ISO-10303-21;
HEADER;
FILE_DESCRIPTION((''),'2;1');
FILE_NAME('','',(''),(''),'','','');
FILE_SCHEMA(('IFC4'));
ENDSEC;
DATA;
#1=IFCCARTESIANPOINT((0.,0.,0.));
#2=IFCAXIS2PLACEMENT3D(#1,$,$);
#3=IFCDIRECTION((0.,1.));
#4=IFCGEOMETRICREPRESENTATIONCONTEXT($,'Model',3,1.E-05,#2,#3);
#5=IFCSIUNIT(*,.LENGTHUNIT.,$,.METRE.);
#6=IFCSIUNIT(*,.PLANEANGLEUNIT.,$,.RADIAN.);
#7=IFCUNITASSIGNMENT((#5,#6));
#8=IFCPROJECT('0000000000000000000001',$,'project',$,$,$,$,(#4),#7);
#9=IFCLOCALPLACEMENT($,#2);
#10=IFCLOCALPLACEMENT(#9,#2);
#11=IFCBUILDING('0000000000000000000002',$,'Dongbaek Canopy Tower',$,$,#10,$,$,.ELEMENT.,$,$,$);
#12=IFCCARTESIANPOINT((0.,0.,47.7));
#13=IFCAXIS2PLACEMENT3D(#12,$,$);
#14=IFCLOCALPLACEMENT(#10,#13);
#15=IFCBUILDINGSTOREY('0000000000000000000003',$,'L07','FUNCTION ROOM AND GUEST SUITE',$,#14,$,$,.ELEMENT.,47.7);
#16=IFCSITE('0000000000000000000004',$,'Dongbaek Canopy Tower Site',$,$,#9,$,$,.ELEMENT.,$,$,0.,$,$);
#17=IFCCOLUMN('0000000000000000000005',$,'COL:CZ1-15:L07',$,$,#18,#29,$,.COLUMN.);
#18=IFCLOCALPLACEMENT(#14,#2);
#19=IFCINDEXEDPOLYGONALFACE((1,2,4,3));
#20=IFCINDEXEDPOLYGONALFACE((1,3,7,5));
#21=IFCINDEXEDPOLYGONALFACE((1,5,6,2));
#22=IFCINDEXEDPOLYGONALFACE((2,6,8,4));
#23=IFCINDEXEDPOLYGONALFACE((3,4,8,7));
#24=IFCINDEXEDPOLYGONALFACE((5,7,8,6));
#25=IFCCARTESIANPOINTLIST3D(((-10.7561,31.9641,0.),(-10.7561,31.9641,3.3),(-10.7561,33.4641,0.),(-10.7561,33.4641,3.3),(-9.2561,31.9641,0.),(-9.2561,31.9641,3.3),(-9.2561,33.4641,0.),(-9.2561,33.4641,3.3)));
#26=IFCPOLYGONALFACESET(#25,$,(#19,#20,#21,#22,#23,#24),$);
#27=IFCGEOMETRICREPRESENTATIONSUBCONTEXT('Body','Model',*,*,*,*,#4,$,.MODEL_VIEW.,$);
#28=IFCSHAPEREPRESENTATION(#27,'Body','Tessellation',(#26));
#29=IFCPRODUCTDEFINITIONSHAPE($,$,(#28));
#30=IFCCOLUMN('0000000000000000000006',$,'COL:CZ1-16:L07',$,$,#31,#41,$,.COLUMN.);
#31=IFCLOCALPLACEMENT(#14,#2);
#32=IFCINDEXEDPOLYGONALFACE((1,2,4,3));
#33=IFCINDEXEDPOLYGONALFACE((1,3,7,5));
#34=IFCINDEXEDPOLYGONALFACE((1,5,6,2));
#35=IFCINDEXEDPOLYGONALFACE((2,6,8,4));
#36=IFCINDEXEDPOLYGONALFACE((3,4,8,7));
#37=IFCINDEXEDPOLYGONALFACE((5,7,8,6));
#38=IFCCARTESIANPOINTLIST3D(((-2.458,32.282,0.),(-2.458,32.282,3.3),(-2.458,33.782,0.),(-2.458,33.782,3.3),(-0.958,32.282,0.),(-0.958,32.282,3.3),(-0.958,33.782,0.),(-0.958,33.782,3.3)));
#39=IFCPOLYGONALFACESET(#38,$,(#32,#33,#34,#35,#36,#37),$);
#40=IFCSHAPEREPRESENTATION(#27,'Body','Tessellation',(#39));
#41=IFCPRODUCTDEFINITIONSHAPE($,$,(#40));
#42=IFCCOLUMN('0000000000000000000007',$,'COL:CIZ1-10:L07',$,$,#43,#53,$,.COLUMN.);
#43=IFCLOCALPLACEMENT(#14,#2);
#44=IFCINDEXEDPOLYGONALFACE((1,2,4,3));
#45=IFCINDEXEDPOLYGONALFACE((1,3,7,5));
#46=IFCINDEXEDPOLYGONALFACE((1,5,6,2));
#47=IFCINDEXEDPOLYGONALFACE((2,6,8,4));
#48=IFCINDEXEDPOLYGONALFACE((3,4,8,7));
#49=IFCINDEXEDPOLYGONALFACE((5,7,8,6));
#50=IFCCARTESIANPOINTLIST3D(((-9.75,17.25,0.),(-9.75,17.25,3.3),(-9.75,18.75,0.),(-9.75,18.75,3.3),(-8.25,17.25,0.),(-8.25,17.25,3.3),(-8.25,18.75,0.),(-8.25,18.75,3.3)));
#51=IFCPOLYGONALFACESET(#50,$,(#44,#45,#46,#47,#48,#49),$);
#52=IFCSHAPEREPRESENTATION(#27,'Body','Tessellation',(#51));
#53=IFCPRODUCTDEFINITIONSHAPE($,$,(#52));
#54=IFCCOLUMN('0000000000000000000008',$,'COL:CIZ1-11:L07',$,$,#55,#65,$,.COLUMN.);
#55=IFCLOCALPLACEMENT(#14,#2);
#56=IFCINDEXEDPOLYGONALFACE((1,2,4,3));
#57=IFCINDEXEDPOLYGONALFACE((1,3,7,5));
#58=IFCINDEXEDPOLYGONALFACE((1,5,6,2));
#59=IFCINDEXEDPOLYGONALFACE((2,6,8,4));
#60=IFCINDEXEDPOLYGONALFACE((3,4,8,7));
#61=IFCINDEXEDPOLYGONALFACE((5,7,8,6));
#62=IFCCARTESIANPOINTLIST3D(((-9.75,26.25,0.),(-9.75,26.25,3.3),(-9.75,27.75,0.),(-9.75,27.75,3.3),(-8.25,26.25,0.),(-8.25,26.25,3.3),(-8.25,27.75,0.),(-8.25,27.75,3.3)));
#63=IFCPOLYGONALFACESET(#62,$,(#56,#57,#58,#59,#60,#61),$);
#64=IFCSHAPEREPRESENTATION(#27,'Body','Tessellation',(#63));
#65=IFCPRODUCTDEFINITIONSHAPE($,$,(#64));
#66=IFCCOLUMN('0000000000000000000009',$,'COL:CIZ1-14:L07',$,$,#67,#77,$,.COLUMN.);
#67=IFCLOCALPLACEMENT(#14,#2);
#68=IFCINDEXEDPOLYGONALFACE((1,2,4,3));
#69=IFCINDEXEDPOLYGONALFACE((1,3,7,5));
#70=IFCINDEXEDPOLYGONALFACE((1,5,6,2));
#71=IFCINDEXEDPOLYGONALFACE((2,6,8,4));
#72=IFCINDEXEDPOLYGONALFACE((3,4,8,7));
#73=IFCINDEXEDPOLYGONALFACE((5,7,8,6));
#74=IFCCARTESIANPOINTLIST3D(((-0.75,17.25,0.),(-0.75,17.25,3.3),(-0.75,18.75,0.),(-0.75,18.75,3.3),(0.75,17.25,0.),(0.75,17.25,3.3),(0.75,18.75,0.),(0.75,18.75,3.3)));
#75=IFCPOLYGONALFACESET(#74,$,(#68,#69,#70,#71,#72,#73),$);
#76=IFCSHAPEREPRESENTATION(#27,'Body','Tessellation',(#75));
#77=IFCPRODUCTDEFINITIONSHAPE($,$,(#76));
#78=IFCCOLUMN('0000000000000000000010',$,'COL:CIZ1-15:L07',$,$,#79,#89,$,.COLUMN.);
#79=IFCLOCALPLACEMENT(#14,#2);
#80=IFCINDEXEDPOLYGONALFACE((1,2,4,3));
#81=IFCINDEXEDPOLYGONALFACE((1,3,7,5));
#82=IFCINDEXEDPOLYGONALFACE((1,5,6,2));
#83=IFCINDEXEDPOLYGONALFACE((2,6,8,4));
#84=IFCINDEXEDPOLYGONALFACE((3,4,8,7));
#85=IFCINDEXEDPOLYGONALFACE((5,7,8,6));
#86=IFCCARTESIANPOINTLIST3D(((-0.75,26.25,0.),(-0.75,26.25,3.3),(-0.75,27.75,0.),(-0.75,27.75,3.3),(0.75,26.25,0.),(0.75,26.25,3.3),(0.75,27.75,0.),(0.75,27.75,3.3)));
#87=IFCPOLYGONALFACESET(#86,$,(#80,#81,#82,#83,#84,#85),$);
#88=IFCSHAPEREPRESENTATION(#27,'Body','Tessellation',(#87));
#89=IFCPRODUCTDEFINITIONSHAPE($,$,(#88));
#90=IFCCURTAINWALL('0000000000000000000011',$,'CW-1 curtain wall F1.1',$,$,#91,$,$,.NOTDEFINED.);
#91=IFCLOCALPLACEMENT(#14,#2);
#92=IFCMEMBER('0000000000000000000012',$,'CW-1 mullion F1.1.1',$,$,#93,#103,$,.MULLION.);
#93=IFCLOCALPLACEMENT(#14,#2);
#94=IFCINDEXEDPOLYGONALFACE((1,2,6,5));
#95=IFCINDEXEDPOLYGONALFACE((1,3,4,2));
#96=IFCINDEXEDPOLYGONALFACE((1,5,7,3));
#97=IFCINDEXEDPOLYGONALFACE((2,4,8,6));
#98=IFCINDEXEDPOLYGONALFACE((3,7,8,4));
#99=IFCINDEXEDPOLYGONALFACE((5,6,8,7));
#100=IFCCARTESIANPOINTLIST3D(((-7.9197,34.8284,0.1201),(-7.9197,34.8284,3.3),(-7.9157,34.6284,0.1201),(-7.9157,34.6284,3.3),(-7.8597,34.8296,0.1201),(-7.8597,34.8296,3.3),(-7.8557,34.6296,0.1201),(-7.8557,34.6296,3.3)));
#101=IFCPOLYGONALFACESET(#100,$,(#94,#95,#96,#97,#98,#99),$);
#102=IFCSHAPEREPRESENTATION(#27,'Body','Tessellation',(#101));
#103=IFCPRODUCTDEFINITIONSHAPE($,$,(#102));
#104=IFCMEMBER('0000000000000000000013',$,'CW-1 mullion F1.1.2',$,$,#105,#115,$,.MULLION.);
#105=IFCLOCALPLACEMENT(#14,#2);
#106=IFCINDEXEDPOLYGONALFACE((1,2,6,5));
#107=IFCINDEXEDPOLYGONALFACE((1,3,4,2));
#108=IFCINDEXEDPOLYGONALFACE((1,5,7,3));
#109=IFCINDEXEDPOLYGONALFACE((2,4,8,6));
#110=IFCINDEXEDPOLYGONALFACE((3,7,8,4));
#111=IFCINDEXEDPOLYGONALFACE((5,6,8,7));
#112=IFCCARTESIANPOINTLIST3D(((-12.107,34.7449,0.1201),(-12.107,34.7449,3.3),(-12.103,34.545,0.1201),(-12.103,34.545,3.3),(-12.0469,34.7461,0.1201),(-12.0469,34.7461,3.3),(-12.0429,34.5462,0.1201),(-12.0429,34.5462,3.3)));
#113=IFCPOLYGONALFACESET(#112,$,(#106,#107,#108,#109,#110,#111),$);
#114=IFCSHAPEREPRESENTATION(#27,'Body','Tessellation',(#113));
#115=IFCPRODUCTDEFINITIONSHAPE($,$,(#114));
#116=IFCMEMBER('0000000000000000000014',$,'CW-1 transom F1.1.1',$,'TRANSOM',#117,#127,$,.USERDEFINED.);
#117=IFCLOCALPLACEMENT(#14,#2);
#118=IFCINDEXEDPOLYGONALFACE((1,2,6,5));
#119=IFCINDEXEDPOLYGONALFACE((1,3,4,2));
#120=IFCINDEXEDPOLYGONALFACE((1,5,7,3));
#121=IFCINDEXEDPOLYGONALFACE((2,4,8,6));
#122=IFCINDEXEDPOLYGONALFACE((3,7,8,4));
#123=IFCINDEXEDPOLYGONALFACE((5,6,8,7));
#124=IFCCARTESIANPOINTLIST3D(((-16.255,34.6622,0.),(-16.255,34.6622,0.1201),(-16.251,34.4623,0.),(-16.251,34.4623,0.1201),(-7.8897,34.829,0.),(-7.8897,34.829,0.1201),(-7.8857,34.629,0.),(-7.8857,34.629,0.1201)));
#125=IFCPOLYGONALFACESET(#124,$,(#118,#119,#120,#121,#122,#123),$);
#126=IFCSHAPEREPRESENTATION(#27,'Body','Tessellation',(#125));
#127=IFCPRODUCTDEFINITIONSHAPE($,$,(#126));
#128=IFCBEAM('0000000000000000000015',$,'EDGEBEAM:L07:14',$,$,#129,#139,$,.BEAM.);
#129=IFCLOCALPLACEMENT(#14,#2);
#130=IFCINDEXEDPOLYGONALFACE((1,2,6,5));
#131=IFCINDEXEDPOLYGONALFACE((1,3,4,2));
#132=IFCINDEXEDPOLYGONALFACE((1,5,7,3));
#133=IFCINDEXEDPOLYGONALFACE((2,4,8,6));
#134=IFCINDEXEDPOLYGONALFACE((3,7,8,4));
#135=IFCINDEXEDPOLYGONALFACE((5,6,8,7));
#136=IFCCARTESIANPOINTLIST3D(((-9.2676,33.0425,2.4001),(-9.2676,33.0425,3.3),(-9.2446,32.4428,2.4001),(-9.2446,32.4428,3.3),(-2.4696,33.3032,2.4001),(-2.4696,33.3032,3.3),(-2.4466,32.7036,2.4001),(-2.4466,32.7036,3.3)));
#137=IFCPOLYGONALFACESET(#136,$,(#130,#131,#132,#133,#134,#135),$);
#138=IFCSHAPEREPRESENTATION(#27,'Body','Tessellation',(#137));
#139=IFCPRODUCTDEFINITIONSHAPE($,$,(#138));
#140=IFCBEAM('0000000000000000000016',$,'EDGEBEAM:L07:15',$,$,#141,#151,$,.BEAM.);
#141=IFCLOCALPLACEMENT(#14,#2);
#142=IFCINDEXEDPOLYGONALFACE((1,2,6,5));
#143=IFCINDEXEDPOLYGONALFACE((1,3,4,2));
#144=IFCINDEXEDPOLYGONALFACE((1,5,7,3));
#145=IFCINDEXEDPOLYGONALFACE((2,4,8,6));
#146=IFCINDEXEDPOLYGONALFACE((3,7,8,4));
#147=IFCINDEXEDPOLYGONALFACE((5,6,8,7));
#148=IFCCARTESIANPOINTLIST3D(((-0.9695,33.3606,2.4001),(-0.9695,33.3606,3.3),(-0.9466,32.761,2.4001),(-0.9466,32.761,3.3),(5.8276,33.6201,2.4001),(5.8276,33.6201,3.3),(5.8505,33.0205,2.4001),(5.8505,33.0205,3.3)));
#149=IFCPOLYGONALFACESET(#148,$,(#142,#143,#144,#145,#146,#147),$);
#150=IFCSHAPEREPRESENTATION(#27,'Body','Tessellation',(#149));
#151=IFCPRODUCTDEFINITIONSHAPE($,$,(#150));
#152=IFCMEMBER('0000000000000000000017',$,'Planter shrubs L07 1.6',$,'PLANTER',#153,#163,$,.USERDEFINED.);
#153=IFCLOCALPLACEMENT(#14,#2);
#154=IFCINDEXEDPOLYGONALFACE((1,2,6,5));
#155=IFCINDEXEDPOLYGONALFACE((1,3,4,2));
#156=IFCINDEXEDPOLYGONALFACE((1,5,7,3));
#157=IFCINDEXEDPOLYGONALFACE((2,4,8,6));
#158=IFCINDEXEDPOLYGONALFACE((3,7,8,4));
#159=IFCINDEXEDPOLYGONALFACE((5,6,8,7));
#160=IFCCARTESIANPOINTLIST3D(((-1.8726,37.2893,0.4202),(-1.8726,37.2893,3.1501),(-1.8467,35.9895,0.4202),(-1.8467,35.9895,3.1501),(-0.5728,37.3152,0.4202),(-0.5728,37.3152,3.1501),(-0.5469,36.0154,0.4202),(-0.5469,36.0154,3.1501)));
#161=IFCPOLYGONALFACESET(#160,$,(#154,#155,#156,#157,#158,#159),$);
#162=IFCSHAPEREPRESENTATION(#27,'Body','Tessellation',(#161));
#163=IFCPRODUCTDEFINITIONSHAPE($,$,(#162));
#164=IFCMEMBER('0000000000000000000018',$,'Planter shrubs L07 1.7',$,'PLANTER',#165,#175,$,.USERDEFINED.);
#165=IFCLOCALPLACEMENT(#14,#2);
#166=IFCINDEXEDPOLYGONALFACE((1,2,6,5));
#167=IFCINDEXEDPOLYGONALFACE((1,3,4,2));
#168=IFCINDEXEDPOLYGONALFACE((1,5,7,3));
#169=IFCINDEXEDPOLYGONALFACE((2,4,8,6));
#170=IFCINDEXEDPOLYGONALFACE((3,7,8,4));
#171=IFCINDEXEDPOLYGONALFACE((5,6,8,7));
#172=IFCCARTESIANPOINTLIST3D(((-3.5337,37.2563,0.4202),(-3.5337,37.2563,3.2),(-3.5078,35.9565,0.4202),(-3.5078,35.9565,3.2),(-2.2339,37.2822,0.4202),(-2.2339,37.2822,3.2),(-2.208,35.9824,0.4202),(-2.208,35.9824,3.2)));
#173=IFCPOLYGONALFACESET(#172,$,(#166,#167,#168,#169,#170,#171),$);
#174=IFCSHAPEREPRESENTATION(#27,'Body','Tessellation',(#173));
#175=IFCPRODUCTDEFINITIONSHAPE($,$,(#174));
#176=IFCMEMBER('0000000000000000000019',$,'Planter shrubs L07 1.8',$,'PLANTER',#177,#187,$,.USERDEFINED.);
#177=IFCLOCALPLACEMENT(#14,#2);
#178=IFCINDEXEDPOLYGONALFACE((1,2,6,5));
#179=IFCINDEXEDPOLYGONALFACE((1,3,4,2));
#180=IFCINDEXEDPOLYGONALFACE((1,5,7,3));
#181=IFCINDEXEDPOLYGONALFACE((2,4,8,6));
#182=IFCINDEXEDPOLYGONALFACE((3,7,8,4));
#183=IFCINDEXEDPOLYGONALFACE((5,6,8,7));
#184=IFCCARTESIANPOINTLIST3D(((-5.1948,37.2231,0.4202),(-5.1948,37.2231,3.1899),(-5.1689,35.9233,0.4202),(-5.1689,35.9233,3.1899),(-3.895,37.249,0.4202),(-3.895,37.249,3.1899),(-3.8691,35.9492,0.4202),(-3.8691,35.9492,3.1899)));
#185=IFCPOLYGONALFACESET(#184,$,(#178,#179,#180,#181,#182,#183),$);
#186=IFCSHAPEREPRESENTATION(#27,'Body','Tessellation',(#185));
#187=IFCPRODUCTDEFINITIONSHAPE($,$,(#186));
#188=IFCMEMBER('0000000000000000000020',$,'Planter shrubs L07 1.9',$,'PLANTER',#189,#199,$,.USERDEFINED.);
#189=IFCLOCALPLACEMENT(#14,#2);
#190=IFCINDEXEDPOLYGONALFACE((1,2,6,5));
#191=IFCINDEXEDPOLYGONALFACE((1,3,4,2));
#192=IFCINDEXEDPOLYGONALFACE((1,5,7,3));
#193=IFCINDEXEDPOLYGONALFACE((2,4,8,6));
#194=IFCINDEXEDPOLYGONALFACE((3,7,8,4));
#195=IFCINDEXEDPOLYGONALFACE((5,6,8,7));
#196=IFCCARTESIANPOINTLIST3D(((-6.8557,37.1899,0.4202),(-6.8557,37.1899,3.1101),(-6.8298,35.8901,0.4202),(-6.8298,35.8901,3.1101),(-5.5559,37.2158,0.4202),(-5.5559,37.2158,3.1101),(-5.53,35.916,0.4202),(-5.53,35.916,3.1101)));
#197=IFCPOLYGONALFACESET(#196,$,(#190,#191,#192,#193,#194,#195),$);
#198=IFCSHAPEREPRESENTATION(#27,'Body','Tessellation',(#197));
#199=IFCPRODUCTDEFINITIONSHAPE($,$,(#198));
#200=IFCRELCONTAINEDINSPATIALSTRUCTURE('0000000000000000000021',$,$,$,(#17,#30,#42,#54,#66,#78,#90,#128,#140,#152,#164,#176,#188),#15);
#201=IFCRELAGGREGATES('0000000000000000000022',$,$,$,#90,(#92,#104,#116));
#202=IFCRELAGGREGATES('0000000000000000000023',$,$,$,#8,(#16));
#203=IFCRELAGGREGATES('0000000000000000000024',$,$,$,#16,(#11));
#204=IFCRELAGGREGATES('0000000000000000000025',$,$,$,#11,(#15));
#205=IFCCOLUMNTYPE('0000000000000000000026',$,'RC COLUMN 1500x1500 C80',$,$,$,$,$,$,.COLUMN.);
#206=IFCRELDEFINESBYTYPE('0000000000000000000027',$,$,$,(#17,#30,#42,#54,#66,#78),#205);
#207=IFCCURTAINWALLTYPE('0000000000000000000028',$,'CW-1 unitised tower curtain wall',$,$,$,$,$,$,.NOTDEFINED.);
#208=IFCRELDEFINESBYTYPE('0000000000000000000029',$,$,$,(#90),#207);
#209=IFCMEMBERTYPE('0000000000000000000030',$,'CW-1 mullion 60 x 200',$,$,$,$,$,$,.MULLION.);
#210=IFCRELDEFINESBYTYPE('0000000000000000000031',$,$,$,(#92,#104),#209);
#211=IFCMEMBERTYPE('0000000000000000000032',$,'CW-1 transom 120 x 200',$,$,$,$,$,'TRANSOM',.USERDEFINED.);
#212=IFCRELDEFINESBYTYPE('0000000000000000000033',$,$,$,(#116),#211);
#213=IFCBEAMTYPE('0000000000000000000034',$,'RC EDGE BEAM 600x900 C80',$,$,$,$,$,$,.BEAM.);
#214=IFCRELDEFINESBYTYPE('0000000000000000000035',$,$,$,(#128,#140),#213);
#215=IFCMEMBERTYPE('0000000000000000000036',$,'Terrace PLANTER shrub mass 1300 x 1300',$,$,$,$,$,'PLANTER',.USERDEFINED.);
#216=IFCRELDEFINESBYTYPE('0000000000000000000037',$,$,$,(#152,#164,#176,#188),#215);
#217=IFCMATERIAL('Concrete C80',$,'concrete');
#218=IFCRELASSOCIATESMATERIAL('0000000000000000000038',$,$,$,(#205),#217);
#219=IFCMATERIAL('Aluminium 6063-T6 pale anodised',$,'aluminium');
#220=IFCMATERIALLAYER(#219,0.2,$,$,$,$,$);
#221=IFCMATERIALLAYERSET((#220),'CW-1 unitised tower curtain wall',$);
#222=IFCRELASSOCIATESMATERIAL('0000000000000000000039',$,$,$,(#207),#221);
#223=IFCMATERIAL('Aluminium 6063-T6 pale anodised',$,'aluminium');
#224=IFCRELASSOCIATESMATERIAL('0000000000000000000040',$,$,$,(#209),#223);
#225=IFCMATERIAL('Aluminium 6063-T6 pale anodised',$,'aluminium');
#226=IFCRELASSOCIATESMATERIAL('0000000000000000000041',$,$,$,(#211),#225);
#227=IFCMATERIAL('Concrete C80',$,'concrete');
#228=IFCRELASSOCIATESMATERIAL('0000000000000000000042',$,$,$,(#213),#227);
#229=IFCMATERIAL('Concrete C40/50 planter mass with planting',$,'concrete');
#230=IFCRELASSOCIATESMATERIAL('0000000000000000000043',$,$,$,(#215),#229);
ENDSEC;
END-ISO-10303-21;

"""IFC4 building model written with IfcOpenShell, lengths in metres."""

from ifc_helpers import new_model, si_unit, direction, frame, origin, origin_2d, place, context, subcontext, project, spatial, rectangle, extrude, material, layer, layer_set, material_profile, profile_set, type_object, element, aggregate, save


model = new_model("IFC4")

# Units and contexts
model_context = context("Model", 3, precision=1e-05, world=origin(), true_north=direction((0.0, 1.0)))
body_context = subcontext(model_context, "Body", "Model", "MODEL_VIEW")
ifc_project = project(units=[si_unit("LENGTHUNIT", "METRE"), si_unit("PLANEANGLEUNIT", "RADIAN")], contexts=[model_context])

# Site, building, storey
site_placement = place(None, origin())
site = spatial("IfcSite", under=ifc_project, at=site_placement, Name="Dongbaek Canopy Tower Site", CompositionType="ELEMENT", RefElevation=0.0)
building_placement = place(site_placement, origin())
building = spatial("IfcBuilding", under=site, at=building_placement, Name="Dongbaek Canopy Tower", CompositionType="ELEMENT")
storey_placement = place(building_placement, frame((0.0, 0.0, 47.7)))
storey = spatial("IfcBuildingStorey", under=building, at=storey_placement, Name="L07", Description="FUNCTION ROOM AND GUEST SUITE", CompositionType="ELEMENT", Elevation=47.7)

# Columns
ifc_material_1 = material(Name="Concrete C80", Category="concrete")
ifc_material_profile_1 = material_profile(ifc_material_1, rectangle(XDim=1.5, YDim=1.5, at=origin_2d()), Name="RC COLUMN 1500x1500 C80")
ifc_profile_set_1 = profile_set([ifc_material_profile_1], Name="Concrete C80")
column_type = type_object("IfcColumnType", Name="RC COLUMN 1500x1500 C80", PredefinedType="COLUMN", material=ifc_profile_set_1)
for number, where, z_axis, x_axis, name in (
    (1, (-10.0061, 32.7141, 0.0), (0.0, 0.0, 1.0), (1.0, 0.0, 0.0), "COL:CZ1-15:L07"),
    (2, (-1.708, 33.032, 0.0), (0.0, 0.0, 1.0), (1.0, 0.0, 0.0), "COL:CZ1-16:L07"),
    (3, (-9.0, 18.0, 0.0), (0.0, 0.0, 1.0), (1.0, 0.0, 0.0), "COL:CIZ1-10:L07"),
    (4, (-9.0, 27.0, 0.0), (0.0, 0.0, 1.0), (1.0, 0.0, 0.0), "COL:CIZ1-11:L07"),
    (5, (0.0, 18.0, 0.0), (0.0, 0.0, 1.0), (1.0, 0.0, 0.0), "COL:CIZ1-14:L07"),
    (6, (0.0, 27.0, 0.0), (0.0, 0.0, 1.0), (1.0, 0.0, 0.0), "COL:CIZ1-15:L07"),
):
    element("IfcColumn", number, at=place(storey_placement, frame(where, z_axis=z_axis, x_axis=x_axis)), inside=storey, type_object=column_type, Name=name, PredefinedType="COLUMN", context=body_context, shape_type="SweptSolid", body=[
        extrude(rectangle(XDim=1.5, YDim=1.5, at=origin_2d()), origin(), (0.0, 0.0, 1.0), 3.3),
    ])

# Curtain wall, members
ifc_material_2 = material(Name="Aluminium 6063-T6 pale anodised", Category="aluminium")
ifc_layer_1 = layer(ifc_material_2, 0.2)
ifc_layer_set_1 = layer_set([ifc_layer_1], Name="CW-1 unitised tower curtain wall")
curtain_wall_type = type_object("IfcCurtainWallType", Name="CW-1 unitised tower curtain wall", PredefinedType="NOTDEFINED", material=ifc_layer_set_1)
curtain_wall_placement = place(storey_placement, origin())
curtain_wall = element("IfcCurtainWall", 7, at=curtain_wall_placement, inside=storey, type_object=curtain_wall_type, Name="CW-1 curtain wall F1.1", PredefinedType="NOTDEFINED")
ifc_material_3 = material(Name="Aluminium 6063-T6 pale anodised", Category="aluminium")
ifc_material_profile_2 = material_profile(ifc_material_3, rectangle(XDim=0.2, YDim=0.0601, at=origin_2d()), Name="CW-1 mullion 60 x 200")
ifc_profile_set_2 = profile_set([ifc_material_profile_2], Name="Aluminium 6063-T6 pale anodised")
member_type_1 = type_object("IfcMemberType", Name="CW-1 mullion 60 x 200", PredefinedType="MULLION", material=ifc_profile_set_2)
member_1_placement = place(storey_placement, frame((-7.8877, 34.729, 0.1201), z_axis=(0.0, 0.0, 1.0), x_axis=(-0.019926, 0.999801, 0.0)))
member_1 = element("IfcMember", 8, at=member_1_placement, type_object=member_type_1, Name="CW-1 mullion F1.1.1", PredefinedType="MULLION", context=body_context, shape_type="SweptSolid", body=[
    extrude(rectangle(XDim=0.2, YDim=0.0601, at=origin_2d()), origin(), (0.0, 0.0, 1.0), 3.1799),
])
member_2_placement = place(storey_placement, frame((-12.075, 34.6455, 0.1201), z_axis=(0.0, 0.0, 1.0), x_axis=(-0.019926, 0.999801, 0.0)))
member_2 = element("IfcMember", 9, at=member_2_placement, type_object=member_type_1, Name="CW-1 mullion F1.1.2", PredefinedType="MULLION", context=body_context, shape_type="SweptSolid", body=[
    extrude(rectangle(XDim=0.2, YDim=0.0601, at=origin_2d()), origin(), (0.0, 0.0, 1.0), 3.1799),
])
ifc_material_4 = material(Name="Aluminium 6063-T6 pale anodised", Category="aluminium")
ifc_material_profile_3 = material_profile(ifc_material_4, rectangle(XDim=0.2, YDim=0.1201, at=origin_2d()), Name="CW-1 transom 120 x 200")
ifc_profile_set_3 = profile_set([ifc_material_profile_3], Name="Aluminium 6063-T6 pale anodised")
member_type_2 = type_object("IfcMemberType", Name="CW-1 transom 120 x 200", ElementType="TRANSOM", PredefinedType="USERDEFINED", material=ifc_profile_set_3)
member_3_placement = place(storey_placement, frame((-7.8877, 34.729, 0.0601), z_axis=(-0.999801, -0.019929, 0.0), x_axis=(0.019929, -0.999801, 0.0)))
member_3 = element("IfcMember", 10, at=member_3_placement, type_object=member_type_2, Name="CW-1 transom F1.1.1", ObjectType="TRANSOM", PredefinedType="USERDEFINED", context=body_context, shape_type="SweptSolid", body=[
    extrude(rectangle(XDim=0.2, YDim=0.1201, at=origin_2d()), origin(), (0.0, 0.0, 1.0), 8.3669),
])

# Beams
ifc_material_5 = material(Name="Concrete C80", Category="concrete")
ifc_material_profile_4 = material_profile(ifc_material_5, rectangle(XDim=0.6001, YDim=0.8999, at=origin_2d()), Name="RC EDGE BEAM 600x900 C80")
ifc_profile_set_4 = profile_set([ifc_material_profile_4], Name="Concrete C80")
beam_type = type_object("IfcBeamType", Name="RC EDGE BEAM 600x900 C80", PredefinedType="BEAM", material=ifc_profile_set_4)
beam_1_placement = place(storey_placement, frame((-9.2561, 32.7427, 2.8501), z_axis=(0.999265, 0.038327, 0.0), x_axis=(-0.038327, 0.999265, 0.0)))
element("IfcBeam", 11, at=beam_1_placement, inside=storey, type_object=beam_type, Name="EDGEBEAM:L07:14", PredefinedType="BEAM", context=body_context, shape_type="SweptSolid", body=[
    extrude(rectangle(XDim=0.6001, YDim=0.8999, at=origin_2d()), origin(), (0.0, 0.0, 1.0), 6.803),
])
beam_2_placement = place(storey_placement, frame((-0.958, 33.0608, 2.8501), z_axis=(0.999272, 0.038153, 0.0), x_axis=(-0.038153, 0.999272, 0.0)))
element("IfcBeam", 12, at=beam_2_placement, inside=storey, type_object=beam_type, Name="EDGEBEAM:L07:15", PredefinedType="BEAM", context=body_context, shape_type="SweptSolid", body=[
    extrude(rectangle(XDim=0.6001, YDim=0.8999, at=origin_2d()), origin(), (0.0, 0.0, 1.0), 6.802),
])

# Members
ifc_material_6 = material(Name="Concrete C40/50 planter mass with planting", Category="concrete")
ifc_material_profile_5 = material_profile(ifc_material_6, rectangle(XDim=1.3, YDim=1.3, at=origin_2d()), Name="Terrace PLANTER shrub mass 1300 x 1300")
ifc_profile_set_5 = profile_set([ifc_material_profile_5], Name="Concrete C40/50 planter mass with planting")
member_type_3 = type_object("IfcMemberType", Name="Terrace PLANTER shrub mass 1300 x 1300", ElementType="PLANTER", PredefinedType="USERDEFINED", material=ifc_profile_set_5)
member_4_placement = place(storey_placement, frame((-1.2097, 36.6523, 0.4202), z_axis=(0.0, 0.0, 1.0), x_axis=(-0.019926, 0.999801, 0.0)))
element("IfcMember", 13, at=member_4_placement, inside=storey, type_object=member_type_3, Name="Planter shrubs L07 1.6", ObjectType="PLANTER", PredefinedType="USERDEFINED", context=body_context, shape_type="SweptSolid", body=[
    extrude(rectangle(XDim=1.3, YDim=1.3, at=origin_2d()), origin(), (0.0, 0.0, 1.0), 2.73),
])
member_5_placement = place(storey_placement, frame((-2.8708, 36.6194, 0.4202), z_axis=(0.0, 0.0, 1.0), x_axis=(-0.019926, 0.999801, 0.0)))
element("IfcMember", 14, at=member_5_placement, inside=storey, type_object=member_type_3, Name="Planter shrubs L07 1.7", ObjectType="PLANTER", PredefinedType="USERDEFINED", context=body_context, shape_type="SweptSolid", body=[
    extrude(rectangle(XDim=1.3, YDim=1.3, at=origin_2d()), origin(), (0.0, 0.0, 1.0), 2.7798),
])
member_6_placement = place(storey_placement, frame((-4.532, 36.5862, 0.4202), z_axis=(0.0, 0.0, 1.0), x_axis=(-0.019926, 0.999801, 0.0)))
element("IfcMember", 15, at=member_6_placement, inside=storey, type_object=member_type_3, Name="Planter shrubs L07 1.8", ObjectType="PLANTER", PredefinedType="USERDEFINED", context=body_context, shape_type="SweptSolid", body=[
    extrude(rectangle(XDim=1.3, YDim=1.3, at=origin_2d()), origin(), (0.0, 0.0, 1.0), 2.7698),
])
member_7_placement = place(storey_placement, frame((-6.1929, 36.553, 0.4202), z_axis=(0.0, 0.0, 1.0), x_axis=(-0.019926, 0.999801, 0.0)))
element("IfcMember", 16, at=member_7_placement, inside=storey, type_object=member_type_3, Name="Planter shrubs L07 1.9", ObjectType="PLANTER", PredefinedType="USERDEFINED", context=body_context, shape_type="SweptSolid", body=[
    extrude(rectangle(XDim=1.3, YDim=1.3, at=origin_2d()), origin(), (0.0, 0.0, 1.0), 2.6899),
])

aggregate(curtain_wall, [member_1, member_2, member_3])

save(model, "model.ifc")
